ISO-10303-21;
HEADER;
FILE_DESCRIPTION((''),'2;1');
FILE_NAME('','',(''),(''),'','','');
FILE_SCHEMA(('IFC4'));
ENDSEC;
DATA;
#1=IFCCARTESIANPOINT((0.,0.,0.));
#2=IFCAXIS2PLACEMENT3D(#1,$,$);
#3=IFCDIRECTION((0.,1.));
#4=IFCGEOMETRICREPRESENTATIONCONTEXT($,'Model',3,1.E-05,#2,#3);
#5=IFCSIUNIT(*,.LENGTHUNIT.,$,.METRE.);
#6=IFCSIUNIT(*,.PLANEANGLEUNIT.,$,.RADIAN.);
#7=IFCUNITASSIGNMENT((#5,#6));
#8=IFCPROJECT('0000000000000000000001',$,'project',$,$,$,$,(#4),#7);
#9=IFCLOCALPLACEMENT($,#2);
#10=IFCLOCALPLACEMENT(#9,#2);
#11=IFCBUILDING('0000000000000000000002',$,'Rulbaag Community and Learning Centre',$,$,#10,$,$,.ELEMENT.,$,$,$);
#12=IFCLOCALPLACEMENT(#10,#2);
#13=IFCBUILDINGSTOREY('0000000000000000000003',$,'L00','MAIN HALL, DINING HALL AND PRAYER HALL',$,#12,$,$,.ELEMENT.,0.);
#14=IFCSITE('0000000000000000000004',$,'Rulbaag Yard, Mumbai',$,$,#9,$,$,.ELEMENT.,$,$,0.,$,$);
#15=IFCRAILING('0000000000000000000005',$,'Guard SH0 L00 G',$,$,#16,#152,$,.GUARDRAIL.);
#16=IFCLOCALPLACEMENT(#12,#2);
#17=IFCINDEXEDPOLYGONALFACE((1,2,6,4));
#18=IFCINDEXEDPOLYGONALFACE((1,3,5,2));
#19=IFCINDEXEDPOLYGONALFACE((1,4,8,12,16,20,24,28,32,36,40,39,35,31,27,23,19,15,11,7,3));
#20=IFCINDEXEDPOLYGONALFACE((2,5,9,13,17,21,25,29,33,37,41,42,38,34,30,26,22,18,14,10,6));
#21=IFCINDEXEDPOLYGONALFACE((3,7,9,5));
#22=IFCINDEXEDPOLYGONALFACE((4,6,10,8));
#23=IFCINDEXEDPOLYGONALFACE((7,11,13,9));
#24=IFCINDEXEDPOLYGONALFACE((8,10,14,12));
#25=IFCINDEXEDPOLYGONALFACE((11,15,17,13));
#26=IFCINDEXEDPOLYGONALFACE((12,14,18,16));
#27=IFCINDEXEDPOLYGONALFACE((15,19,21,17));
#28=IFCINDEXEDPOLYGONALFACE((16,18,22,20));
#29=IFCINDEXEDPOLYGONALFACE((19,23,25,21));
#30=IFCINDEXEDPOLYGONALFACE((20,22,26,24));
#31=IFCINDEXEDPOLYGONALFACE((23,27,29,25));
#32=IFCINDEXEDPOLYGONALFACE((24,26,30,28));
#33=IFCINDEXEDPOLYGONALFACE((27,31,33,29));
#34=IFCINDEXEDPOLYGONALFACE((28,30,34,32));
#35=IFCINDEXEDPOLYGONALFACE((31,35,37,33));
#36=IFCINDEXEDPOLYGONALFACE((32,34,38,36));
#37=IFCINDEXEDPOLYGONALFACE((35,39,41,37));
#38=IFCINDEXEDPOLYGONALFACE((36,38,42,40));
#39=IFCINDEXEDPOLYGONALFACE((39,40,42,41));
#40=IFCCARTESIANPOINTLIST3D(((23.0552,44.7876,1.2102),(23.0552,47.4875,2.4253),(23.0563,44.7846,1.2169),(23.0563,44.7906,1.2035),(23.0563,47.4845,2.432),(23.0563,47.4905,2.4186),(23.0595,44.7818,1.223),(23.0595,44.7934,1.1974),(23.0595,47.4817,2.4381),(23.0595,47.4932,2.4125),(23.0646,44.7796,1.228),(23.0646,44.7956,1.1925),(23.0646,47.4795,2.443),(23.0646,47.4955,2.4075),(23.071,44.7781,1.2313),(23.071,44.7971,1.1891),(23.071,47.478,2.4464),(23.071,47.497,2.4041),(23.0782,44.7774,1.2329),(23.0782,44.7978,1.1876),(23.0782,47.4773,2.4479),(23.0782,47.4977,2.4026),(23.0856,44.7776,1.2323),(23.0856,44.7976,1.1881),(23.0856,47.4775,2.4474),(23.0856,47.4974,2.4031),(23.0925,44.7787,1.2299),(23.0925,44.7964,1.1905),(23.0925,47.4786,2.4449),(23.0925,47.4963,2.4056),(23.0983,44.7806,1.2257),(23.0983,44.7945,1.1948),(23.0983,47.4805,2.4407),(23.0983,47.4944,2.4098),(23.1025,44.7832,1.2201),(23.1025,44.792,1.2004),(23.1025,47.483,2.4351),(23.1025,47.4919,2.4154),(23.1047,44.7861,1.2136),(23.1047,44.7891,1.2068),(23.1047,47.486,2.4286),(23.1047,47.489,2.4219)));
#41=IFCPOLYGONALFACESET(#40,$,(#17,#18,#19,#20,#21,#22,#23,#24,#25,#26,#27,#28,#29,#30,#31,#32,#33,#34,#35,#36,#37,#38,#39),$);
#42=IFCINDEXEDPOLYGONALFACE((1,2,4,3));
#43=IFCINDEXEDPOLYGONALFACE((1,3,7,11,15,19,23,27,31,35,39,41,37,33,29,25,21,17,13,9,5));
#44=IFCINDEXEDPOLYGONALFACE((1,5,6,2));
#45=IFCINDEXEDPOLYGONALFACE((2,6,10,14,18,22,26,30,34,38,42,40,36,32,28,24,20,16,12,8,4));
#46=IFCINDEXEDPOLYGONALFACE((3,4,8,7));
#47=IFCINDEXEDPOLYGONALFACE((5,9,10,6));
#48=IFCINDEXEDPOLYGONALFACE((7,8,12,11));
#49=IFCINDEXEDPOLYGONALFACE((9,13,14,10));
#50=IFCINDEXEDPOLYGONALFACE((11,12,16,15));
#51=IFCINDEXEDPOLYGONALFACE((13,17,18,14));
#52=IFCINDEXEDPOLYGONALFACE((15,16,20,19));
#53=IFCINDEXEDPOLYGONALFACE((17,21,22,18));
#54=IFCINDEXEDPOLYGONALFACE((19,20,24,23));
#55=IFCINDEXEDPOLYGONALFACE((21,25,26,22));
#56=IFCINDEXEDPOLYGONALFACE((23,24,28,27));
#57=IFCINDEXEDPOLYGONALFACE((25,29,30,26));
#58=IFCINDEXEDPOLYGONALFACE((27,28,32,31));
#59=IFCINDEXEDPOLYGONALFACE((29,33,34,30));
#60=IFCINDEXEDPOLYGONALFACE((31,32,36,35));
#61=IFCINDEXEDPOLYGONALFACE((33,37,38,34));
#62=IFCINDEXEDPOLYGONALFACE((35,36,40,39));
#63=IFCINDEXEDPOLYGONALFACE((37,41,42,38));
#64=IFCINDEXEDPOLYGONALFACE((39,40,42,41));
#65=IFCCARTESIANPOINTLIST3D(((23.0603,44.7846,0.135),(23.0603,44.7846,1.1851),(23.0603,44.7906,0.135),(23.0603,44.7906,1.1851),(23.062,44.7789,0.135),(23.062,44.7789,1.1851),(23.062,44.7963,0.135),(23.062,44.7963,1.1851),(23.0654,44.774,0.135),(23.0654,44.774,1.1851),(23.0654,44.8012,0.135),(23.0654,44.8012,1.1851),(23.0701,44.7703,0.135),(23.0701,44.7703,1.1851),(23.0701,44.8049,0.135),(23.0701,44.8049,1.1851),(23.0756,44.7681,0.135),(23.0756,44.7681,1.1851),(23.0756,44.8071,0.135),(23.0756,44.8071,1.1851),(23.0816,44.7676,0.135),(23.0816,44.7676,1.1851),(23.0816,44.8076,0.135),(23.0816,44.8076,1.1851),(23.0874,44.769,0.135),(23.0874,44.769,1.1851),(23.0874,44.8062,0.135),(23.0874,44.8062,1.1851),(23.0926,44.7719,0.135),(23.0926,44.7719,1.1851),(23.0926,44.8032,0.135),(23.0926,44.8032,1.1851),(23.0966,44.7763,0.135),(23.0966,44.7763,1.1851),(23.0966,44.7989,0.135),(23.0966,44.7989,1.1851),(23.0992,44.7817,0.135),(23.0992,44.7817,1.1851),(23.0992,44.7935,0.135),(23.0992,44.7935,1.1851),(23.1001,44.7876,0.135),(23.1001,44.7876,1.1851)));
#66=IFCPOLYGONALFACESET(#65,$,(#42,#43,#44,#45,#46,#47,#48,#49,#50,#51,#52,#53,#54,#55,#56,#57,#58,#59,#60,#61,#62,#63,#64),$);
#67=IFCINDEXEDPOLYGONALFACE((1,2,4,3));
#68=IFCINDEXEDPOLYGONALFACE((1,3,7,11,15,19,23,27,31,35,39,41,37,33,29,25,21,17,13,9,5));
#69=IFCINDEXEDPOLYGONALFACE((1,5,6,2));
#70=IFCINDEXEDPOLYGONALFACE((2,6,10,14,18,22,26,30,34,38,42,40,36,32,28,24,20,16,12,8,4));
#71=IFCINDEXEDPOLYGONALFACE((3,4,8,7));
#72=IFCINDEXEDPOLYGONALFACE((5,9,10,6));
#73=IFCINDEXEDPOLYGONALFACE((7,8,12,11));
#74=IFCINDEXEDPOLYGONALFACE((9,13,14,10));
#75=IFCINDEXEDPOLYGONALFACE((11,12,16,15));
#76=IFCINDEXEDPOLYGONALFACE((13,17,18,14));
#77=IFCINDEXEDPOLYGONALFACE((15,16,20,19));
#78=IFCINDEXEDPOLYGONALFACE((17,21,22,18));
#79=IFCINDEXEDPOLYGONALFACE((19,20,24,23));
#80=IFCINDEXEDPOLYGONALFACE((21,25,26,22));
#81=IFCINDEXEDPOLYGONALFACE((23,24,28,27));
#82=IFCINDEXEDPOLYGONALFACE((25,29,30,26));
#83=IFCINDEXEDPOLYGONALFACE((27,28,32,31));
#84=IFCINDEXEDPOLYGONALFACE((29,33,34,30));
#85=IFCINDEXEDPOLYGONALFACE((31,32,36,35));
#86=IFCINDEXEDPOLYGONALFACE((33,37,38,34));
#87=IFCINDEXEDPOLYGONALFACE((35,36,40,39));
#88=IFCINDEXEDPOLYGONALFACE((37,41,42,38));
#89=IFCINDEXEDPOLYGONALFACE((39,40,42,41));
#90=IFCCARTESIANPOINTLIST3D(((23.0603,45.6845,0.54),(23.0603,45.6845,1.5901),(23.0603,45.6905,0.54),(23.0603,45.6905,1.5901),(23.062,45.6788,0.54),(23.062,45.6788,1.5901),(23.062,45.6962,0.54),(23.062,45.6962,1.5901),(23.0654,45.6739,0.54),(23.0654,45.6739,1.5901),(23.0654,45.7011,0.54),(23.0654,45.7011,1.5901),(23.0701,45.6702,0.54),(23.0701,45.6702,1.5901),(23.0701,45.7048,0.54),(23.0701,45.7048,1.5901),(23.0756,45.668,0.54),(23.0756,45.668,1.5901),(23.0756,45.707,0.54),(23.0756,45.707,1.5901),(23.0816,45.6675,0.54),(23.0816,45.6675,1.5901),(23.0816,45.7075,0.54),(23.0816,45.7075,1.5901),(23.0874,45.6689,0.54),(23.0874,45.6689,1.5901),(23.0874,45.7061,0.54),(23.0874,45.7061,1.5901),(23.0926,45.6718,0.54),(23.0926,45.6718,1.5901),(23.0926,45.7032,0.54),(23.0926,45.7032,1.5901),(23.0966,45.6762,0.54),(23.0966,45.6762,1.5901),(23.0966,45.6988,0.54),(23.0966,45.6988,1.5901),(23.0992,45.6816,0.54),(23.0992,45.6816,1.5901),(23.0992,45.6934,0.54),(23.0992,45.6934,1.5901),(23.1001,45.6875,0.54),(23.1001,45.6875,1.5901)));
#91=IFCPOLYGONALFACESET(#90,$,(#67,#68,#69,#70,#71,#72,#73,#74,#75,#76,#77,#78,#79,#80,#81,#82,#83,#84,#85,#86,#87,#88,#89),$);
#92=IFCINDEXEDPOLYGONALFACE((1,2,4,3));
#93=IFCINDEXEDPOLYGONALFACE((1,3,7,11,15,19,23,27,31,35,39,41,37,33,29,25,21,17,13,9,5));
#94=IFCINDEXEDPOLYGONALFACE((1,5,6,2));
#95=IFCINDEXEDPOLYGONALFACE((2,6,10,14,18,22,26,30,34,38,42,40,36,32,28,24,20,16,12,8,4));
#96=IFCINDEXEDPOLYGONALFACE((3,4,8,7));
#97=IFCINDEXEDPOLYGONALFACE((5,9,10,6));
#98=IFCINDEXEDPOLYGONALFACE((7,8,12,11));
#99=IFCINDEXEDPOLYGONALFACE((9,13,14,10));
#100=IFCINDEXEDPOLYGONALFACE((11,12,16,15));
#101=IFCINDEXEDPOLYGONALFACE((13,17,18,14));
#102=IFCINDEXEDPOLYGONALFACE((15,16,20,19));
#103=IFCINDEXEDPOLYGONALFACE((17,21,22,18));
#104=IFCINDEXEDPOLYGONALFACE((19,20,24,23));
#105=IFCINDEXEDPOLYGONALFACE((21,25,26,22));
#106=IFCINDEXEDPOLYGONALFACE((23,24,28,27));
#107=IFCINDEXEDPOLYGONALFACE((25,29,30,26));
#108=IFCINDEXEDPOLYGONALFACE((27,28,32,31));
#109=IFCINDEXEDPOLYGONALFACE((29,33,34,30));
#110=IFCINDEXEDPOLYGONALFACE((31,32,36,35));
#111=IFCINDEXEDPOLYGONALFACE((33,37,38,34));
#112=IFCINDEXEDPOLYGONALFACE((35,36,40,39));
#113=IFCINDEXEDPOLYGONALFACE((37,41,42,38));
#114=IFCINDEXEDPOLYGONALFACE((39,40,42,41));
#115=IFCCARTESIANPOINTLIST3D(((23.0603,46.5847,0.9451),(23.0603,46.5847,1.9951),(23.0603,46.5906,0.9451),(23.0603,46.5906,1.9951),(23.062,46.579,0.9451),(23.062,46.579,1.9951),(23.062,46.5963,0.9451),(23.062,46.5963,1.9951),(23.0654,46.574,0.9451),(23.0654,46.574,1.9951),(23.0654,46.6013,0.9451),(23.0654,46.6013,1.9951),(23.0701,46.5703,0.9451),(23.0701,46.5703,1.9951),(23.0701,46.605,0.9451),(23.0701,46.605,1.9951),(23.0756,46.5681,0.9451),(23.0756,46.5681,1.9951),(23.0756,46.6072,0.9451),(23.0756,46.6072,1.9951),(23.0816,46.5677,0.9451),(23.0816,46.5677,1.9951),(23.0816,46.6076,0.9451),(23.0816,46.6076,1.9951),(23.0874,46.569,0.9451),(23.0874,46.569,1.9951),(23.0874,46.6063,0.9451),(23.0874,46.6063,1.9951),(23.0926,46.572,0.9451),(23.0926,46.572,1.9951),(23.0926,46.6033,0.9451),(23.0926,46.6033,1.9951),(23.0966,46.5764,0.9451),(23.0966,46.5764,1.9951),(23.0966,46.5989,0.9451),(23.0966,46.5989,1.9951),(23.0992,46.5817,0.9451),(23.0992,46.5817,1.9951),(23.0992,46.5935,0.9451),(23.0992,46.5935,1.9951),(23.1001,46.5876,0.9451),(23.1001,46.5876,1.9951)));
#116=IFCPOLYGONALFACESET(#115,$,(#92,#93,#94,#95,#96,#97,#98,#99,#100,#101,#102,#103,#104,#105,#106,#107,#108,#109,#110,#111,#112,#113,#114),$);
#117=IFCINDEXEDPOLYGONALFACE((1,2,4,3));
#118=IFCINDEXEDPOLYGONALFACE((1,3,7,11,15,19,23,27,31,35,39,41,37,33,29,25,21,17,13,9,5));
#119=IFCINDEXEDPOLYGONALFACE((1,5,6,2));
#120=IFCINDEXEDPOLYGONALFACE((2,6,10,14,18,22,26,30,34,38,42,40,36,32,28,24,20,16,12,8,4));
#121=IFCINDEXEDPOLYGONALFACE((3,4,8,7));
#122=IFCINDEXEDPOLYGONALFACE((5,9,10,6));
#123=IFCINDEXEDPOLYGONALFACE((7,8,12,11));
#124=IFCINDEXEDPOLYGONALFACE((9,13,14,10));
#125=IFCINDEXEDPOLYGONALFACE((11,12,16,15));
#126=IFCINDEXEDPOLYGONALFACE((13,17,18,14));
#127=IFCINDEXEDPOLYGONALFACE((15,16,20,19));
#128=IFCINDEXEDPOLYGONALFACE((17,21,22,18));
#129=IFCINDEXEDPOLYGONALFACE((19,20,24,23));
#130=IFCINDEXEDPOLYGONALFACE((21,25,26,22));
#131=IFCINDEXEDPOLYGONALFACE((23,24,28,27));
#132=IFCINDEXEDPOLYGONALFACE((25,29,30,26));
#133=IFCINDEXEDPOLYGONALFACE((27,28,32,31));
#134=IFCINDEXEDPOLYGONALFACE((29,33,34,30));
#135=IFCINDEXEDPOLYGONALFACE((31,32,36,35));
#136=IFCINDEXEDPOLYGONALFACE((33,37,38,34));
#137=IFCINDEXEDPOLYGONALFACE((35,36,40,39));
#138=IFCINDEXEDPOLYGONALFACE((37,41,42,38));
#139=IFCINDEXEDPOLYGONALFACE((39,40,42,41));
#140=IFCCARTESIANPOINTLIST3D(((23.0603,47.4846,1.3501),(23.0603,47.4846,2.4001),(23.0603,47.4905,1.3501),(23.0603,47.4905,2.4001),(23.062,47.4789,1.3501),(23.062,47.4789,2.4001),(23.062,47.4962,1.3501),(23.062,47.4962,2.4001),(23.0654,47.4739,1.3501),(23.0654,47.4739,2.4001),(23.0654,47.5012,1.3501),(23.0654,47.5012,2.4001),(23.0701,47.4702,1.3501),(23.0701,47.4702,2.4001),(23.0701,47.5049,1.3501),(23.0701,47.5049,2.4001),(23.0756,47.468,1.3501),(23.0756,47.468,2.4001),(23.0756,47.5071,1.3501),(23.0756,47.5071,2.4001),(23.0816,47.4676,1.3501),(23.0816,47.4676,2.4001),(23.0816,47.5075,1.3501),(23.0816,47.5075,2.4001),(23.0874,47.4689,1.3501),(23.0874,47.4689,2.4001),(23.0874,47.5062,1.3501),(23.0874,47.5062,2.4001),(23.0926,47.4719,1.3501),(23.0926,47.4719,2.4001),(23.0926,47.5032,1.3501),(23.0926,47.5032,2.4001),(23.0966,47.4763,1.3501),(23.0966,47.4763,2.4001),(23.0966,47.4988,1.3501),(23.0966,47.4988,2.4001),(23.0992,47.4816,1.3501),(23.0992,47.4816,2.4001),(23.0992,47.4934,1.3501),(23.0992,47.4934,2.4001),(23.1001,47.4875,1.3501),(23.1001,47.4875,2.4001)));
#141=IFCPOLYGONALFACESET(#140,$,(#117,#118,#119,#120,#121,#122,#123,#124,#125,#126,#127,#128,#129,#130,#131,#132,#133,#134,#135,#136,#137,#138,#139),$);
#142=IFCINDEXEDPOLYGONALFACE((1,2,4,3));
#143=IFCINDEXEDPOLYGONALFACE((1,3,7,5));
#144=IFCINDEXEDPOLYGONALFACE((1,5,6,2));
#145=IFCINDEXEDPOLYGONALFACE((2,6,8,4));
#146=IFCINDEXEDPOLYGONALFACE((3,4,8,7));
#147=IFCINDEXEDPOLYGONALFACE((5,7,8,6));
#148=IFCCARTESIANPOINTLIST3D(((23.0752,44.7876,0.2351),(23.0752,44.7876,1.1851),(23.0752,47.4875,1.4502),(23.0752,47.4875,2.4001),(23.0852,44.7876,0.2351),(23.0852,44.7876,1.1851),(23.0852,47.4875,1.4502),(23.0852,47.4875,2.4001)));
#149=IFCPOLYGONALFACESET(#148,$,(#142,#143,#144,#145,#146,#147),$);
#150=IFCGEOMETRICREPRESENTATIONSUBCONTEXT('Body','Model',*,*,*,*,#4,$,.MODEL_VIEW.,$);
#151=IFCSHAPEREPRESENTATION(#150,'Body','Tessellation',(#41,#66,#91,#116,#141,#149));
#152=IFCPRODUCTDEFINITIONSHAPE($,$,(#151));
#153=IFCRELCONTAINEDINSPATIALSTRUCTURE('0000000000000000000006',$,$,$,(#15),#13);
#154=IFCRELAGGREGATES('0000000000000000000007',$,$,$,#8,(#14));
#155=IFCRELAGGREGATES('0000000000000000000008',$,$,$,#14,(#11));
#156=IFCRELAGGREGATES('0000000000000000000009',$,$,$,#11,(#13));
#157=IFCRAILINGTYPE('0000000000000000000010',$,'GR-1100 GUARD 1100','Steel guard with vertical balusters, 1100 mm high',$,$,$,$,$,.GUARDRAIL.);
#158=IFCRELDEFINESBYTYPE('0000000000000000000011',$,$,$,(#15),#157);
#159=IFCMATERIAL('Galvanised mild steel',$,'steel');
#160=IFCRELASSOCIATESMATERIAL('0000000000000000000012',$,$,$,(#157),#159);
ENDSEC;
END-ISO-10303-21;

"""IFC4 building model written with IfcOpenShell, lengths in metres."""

from ifc_helpers import new_model, si_unit, direction, frame, origin, origin_2d, place, context, subcontext, project, spatial, polyline, circle, outline, extrude, material, type_object, element, save


model = new_model("IFC4")

# Units and contexts
model_context = context("Model", 3, precision=1e-05, world=origin(), true_north=direction((0.0, 1.0)))
body_context = subcontext(model_context, "Body", "Model", "MODEL_VIEW")
ifc_project = project(units=[si_unit("LENGTHUNIT", "METRE"), si_unit("PLANEANGLEUNIT", "RADIAN")], contexts=[model_context])

# Site, building, storey
site_placement = place(None, origin())
site = spatial("IfcSite", under=ifc_project, at=site_placement, Name="Rulbaag Yard, Mumbai", CompositionType="ELEMENT", RefElevation=0.0)
building_placement = place(site_placement, origin())
building = spatial("IfcBuilding", under=site, at=building_placement, Name="Rulbaag Community and Learning Centre", CompositionType="ELEMENT")
storey_placement = place(building_placement, origin())
storey = spatial("IfcBuildingStorey", under=building, at=storey_placement, Name="L00", Description="MAIN HALL, DINING HALL AND PRAYER HALL", CompositionType="ELEMENT", Elevation=0.0)

# Railing
ifc_material_1 = material(Name="Galvanised mild steel", Category="steel")
railing_type_1 = type_object("IfcRailingType", Name="GR-1100 GUARD 1100", Description="Steel guard with vertical balusters, 1100 mm high", PredefinedType="GUARDRAIL", material=ifc_material_1)
railing_1_placement = place(storey_placement, frame((23.0801, 44.7876, 0.135)))
element("IfcRailing", 1, at=railing_1_placement, inside=storey, type_object=railing_type_1, Name="Guard SH0 L00 G", PredefinedType="GUARDRAIL", context=body_context, shape_type="SweptSolid", body=[
    extrude(circle(Radius=0.0249, at=origin_2d()), frame((0.0, 0.0, 1.0752), z_axis=(0.0, 0.911908, 0.410396), x_axis=(-1.0, 0.0, 0.0)), (0.0, 0.0, 1.0), 2.9607),
    extrude(circle(Radius=0.02, at=origin_2d()), origin(), (0.0, 0.0, 1.0), 1.05),
    extrude(circle(Radius=0.02, at=origin_2d()), frame((0.0, 0.8999, 0.405)), (0.0, 0.0, 1.0), 1.05),
    extrude(circle(Radius=0.02, at=origin_2d()), frame((0.0, 1.8, 0.8101)), (0.0, 0.0, 1.0), 1.05),
    extrude(circle(Radius=0.02, at=origin_2d()), frame((0.0, 2.7, 1.2151)), (0.0, 0.0, 1.0), 1.05),
    extrude(outline(polyline([(0.0, 0.0), (2.7, 1.2151), (2.7, 2.165), (0.0, 0.95), (0.0, 0.0)])), frame((-0.0049, 0.0, 0.1001), z_axis=(1.0, 0.0, 0.0), x_axis=(0.0, 1.0, 0.0)), (0.0, 0.0, 1.0), 0.01),
])

save(model, "model.ifc")
